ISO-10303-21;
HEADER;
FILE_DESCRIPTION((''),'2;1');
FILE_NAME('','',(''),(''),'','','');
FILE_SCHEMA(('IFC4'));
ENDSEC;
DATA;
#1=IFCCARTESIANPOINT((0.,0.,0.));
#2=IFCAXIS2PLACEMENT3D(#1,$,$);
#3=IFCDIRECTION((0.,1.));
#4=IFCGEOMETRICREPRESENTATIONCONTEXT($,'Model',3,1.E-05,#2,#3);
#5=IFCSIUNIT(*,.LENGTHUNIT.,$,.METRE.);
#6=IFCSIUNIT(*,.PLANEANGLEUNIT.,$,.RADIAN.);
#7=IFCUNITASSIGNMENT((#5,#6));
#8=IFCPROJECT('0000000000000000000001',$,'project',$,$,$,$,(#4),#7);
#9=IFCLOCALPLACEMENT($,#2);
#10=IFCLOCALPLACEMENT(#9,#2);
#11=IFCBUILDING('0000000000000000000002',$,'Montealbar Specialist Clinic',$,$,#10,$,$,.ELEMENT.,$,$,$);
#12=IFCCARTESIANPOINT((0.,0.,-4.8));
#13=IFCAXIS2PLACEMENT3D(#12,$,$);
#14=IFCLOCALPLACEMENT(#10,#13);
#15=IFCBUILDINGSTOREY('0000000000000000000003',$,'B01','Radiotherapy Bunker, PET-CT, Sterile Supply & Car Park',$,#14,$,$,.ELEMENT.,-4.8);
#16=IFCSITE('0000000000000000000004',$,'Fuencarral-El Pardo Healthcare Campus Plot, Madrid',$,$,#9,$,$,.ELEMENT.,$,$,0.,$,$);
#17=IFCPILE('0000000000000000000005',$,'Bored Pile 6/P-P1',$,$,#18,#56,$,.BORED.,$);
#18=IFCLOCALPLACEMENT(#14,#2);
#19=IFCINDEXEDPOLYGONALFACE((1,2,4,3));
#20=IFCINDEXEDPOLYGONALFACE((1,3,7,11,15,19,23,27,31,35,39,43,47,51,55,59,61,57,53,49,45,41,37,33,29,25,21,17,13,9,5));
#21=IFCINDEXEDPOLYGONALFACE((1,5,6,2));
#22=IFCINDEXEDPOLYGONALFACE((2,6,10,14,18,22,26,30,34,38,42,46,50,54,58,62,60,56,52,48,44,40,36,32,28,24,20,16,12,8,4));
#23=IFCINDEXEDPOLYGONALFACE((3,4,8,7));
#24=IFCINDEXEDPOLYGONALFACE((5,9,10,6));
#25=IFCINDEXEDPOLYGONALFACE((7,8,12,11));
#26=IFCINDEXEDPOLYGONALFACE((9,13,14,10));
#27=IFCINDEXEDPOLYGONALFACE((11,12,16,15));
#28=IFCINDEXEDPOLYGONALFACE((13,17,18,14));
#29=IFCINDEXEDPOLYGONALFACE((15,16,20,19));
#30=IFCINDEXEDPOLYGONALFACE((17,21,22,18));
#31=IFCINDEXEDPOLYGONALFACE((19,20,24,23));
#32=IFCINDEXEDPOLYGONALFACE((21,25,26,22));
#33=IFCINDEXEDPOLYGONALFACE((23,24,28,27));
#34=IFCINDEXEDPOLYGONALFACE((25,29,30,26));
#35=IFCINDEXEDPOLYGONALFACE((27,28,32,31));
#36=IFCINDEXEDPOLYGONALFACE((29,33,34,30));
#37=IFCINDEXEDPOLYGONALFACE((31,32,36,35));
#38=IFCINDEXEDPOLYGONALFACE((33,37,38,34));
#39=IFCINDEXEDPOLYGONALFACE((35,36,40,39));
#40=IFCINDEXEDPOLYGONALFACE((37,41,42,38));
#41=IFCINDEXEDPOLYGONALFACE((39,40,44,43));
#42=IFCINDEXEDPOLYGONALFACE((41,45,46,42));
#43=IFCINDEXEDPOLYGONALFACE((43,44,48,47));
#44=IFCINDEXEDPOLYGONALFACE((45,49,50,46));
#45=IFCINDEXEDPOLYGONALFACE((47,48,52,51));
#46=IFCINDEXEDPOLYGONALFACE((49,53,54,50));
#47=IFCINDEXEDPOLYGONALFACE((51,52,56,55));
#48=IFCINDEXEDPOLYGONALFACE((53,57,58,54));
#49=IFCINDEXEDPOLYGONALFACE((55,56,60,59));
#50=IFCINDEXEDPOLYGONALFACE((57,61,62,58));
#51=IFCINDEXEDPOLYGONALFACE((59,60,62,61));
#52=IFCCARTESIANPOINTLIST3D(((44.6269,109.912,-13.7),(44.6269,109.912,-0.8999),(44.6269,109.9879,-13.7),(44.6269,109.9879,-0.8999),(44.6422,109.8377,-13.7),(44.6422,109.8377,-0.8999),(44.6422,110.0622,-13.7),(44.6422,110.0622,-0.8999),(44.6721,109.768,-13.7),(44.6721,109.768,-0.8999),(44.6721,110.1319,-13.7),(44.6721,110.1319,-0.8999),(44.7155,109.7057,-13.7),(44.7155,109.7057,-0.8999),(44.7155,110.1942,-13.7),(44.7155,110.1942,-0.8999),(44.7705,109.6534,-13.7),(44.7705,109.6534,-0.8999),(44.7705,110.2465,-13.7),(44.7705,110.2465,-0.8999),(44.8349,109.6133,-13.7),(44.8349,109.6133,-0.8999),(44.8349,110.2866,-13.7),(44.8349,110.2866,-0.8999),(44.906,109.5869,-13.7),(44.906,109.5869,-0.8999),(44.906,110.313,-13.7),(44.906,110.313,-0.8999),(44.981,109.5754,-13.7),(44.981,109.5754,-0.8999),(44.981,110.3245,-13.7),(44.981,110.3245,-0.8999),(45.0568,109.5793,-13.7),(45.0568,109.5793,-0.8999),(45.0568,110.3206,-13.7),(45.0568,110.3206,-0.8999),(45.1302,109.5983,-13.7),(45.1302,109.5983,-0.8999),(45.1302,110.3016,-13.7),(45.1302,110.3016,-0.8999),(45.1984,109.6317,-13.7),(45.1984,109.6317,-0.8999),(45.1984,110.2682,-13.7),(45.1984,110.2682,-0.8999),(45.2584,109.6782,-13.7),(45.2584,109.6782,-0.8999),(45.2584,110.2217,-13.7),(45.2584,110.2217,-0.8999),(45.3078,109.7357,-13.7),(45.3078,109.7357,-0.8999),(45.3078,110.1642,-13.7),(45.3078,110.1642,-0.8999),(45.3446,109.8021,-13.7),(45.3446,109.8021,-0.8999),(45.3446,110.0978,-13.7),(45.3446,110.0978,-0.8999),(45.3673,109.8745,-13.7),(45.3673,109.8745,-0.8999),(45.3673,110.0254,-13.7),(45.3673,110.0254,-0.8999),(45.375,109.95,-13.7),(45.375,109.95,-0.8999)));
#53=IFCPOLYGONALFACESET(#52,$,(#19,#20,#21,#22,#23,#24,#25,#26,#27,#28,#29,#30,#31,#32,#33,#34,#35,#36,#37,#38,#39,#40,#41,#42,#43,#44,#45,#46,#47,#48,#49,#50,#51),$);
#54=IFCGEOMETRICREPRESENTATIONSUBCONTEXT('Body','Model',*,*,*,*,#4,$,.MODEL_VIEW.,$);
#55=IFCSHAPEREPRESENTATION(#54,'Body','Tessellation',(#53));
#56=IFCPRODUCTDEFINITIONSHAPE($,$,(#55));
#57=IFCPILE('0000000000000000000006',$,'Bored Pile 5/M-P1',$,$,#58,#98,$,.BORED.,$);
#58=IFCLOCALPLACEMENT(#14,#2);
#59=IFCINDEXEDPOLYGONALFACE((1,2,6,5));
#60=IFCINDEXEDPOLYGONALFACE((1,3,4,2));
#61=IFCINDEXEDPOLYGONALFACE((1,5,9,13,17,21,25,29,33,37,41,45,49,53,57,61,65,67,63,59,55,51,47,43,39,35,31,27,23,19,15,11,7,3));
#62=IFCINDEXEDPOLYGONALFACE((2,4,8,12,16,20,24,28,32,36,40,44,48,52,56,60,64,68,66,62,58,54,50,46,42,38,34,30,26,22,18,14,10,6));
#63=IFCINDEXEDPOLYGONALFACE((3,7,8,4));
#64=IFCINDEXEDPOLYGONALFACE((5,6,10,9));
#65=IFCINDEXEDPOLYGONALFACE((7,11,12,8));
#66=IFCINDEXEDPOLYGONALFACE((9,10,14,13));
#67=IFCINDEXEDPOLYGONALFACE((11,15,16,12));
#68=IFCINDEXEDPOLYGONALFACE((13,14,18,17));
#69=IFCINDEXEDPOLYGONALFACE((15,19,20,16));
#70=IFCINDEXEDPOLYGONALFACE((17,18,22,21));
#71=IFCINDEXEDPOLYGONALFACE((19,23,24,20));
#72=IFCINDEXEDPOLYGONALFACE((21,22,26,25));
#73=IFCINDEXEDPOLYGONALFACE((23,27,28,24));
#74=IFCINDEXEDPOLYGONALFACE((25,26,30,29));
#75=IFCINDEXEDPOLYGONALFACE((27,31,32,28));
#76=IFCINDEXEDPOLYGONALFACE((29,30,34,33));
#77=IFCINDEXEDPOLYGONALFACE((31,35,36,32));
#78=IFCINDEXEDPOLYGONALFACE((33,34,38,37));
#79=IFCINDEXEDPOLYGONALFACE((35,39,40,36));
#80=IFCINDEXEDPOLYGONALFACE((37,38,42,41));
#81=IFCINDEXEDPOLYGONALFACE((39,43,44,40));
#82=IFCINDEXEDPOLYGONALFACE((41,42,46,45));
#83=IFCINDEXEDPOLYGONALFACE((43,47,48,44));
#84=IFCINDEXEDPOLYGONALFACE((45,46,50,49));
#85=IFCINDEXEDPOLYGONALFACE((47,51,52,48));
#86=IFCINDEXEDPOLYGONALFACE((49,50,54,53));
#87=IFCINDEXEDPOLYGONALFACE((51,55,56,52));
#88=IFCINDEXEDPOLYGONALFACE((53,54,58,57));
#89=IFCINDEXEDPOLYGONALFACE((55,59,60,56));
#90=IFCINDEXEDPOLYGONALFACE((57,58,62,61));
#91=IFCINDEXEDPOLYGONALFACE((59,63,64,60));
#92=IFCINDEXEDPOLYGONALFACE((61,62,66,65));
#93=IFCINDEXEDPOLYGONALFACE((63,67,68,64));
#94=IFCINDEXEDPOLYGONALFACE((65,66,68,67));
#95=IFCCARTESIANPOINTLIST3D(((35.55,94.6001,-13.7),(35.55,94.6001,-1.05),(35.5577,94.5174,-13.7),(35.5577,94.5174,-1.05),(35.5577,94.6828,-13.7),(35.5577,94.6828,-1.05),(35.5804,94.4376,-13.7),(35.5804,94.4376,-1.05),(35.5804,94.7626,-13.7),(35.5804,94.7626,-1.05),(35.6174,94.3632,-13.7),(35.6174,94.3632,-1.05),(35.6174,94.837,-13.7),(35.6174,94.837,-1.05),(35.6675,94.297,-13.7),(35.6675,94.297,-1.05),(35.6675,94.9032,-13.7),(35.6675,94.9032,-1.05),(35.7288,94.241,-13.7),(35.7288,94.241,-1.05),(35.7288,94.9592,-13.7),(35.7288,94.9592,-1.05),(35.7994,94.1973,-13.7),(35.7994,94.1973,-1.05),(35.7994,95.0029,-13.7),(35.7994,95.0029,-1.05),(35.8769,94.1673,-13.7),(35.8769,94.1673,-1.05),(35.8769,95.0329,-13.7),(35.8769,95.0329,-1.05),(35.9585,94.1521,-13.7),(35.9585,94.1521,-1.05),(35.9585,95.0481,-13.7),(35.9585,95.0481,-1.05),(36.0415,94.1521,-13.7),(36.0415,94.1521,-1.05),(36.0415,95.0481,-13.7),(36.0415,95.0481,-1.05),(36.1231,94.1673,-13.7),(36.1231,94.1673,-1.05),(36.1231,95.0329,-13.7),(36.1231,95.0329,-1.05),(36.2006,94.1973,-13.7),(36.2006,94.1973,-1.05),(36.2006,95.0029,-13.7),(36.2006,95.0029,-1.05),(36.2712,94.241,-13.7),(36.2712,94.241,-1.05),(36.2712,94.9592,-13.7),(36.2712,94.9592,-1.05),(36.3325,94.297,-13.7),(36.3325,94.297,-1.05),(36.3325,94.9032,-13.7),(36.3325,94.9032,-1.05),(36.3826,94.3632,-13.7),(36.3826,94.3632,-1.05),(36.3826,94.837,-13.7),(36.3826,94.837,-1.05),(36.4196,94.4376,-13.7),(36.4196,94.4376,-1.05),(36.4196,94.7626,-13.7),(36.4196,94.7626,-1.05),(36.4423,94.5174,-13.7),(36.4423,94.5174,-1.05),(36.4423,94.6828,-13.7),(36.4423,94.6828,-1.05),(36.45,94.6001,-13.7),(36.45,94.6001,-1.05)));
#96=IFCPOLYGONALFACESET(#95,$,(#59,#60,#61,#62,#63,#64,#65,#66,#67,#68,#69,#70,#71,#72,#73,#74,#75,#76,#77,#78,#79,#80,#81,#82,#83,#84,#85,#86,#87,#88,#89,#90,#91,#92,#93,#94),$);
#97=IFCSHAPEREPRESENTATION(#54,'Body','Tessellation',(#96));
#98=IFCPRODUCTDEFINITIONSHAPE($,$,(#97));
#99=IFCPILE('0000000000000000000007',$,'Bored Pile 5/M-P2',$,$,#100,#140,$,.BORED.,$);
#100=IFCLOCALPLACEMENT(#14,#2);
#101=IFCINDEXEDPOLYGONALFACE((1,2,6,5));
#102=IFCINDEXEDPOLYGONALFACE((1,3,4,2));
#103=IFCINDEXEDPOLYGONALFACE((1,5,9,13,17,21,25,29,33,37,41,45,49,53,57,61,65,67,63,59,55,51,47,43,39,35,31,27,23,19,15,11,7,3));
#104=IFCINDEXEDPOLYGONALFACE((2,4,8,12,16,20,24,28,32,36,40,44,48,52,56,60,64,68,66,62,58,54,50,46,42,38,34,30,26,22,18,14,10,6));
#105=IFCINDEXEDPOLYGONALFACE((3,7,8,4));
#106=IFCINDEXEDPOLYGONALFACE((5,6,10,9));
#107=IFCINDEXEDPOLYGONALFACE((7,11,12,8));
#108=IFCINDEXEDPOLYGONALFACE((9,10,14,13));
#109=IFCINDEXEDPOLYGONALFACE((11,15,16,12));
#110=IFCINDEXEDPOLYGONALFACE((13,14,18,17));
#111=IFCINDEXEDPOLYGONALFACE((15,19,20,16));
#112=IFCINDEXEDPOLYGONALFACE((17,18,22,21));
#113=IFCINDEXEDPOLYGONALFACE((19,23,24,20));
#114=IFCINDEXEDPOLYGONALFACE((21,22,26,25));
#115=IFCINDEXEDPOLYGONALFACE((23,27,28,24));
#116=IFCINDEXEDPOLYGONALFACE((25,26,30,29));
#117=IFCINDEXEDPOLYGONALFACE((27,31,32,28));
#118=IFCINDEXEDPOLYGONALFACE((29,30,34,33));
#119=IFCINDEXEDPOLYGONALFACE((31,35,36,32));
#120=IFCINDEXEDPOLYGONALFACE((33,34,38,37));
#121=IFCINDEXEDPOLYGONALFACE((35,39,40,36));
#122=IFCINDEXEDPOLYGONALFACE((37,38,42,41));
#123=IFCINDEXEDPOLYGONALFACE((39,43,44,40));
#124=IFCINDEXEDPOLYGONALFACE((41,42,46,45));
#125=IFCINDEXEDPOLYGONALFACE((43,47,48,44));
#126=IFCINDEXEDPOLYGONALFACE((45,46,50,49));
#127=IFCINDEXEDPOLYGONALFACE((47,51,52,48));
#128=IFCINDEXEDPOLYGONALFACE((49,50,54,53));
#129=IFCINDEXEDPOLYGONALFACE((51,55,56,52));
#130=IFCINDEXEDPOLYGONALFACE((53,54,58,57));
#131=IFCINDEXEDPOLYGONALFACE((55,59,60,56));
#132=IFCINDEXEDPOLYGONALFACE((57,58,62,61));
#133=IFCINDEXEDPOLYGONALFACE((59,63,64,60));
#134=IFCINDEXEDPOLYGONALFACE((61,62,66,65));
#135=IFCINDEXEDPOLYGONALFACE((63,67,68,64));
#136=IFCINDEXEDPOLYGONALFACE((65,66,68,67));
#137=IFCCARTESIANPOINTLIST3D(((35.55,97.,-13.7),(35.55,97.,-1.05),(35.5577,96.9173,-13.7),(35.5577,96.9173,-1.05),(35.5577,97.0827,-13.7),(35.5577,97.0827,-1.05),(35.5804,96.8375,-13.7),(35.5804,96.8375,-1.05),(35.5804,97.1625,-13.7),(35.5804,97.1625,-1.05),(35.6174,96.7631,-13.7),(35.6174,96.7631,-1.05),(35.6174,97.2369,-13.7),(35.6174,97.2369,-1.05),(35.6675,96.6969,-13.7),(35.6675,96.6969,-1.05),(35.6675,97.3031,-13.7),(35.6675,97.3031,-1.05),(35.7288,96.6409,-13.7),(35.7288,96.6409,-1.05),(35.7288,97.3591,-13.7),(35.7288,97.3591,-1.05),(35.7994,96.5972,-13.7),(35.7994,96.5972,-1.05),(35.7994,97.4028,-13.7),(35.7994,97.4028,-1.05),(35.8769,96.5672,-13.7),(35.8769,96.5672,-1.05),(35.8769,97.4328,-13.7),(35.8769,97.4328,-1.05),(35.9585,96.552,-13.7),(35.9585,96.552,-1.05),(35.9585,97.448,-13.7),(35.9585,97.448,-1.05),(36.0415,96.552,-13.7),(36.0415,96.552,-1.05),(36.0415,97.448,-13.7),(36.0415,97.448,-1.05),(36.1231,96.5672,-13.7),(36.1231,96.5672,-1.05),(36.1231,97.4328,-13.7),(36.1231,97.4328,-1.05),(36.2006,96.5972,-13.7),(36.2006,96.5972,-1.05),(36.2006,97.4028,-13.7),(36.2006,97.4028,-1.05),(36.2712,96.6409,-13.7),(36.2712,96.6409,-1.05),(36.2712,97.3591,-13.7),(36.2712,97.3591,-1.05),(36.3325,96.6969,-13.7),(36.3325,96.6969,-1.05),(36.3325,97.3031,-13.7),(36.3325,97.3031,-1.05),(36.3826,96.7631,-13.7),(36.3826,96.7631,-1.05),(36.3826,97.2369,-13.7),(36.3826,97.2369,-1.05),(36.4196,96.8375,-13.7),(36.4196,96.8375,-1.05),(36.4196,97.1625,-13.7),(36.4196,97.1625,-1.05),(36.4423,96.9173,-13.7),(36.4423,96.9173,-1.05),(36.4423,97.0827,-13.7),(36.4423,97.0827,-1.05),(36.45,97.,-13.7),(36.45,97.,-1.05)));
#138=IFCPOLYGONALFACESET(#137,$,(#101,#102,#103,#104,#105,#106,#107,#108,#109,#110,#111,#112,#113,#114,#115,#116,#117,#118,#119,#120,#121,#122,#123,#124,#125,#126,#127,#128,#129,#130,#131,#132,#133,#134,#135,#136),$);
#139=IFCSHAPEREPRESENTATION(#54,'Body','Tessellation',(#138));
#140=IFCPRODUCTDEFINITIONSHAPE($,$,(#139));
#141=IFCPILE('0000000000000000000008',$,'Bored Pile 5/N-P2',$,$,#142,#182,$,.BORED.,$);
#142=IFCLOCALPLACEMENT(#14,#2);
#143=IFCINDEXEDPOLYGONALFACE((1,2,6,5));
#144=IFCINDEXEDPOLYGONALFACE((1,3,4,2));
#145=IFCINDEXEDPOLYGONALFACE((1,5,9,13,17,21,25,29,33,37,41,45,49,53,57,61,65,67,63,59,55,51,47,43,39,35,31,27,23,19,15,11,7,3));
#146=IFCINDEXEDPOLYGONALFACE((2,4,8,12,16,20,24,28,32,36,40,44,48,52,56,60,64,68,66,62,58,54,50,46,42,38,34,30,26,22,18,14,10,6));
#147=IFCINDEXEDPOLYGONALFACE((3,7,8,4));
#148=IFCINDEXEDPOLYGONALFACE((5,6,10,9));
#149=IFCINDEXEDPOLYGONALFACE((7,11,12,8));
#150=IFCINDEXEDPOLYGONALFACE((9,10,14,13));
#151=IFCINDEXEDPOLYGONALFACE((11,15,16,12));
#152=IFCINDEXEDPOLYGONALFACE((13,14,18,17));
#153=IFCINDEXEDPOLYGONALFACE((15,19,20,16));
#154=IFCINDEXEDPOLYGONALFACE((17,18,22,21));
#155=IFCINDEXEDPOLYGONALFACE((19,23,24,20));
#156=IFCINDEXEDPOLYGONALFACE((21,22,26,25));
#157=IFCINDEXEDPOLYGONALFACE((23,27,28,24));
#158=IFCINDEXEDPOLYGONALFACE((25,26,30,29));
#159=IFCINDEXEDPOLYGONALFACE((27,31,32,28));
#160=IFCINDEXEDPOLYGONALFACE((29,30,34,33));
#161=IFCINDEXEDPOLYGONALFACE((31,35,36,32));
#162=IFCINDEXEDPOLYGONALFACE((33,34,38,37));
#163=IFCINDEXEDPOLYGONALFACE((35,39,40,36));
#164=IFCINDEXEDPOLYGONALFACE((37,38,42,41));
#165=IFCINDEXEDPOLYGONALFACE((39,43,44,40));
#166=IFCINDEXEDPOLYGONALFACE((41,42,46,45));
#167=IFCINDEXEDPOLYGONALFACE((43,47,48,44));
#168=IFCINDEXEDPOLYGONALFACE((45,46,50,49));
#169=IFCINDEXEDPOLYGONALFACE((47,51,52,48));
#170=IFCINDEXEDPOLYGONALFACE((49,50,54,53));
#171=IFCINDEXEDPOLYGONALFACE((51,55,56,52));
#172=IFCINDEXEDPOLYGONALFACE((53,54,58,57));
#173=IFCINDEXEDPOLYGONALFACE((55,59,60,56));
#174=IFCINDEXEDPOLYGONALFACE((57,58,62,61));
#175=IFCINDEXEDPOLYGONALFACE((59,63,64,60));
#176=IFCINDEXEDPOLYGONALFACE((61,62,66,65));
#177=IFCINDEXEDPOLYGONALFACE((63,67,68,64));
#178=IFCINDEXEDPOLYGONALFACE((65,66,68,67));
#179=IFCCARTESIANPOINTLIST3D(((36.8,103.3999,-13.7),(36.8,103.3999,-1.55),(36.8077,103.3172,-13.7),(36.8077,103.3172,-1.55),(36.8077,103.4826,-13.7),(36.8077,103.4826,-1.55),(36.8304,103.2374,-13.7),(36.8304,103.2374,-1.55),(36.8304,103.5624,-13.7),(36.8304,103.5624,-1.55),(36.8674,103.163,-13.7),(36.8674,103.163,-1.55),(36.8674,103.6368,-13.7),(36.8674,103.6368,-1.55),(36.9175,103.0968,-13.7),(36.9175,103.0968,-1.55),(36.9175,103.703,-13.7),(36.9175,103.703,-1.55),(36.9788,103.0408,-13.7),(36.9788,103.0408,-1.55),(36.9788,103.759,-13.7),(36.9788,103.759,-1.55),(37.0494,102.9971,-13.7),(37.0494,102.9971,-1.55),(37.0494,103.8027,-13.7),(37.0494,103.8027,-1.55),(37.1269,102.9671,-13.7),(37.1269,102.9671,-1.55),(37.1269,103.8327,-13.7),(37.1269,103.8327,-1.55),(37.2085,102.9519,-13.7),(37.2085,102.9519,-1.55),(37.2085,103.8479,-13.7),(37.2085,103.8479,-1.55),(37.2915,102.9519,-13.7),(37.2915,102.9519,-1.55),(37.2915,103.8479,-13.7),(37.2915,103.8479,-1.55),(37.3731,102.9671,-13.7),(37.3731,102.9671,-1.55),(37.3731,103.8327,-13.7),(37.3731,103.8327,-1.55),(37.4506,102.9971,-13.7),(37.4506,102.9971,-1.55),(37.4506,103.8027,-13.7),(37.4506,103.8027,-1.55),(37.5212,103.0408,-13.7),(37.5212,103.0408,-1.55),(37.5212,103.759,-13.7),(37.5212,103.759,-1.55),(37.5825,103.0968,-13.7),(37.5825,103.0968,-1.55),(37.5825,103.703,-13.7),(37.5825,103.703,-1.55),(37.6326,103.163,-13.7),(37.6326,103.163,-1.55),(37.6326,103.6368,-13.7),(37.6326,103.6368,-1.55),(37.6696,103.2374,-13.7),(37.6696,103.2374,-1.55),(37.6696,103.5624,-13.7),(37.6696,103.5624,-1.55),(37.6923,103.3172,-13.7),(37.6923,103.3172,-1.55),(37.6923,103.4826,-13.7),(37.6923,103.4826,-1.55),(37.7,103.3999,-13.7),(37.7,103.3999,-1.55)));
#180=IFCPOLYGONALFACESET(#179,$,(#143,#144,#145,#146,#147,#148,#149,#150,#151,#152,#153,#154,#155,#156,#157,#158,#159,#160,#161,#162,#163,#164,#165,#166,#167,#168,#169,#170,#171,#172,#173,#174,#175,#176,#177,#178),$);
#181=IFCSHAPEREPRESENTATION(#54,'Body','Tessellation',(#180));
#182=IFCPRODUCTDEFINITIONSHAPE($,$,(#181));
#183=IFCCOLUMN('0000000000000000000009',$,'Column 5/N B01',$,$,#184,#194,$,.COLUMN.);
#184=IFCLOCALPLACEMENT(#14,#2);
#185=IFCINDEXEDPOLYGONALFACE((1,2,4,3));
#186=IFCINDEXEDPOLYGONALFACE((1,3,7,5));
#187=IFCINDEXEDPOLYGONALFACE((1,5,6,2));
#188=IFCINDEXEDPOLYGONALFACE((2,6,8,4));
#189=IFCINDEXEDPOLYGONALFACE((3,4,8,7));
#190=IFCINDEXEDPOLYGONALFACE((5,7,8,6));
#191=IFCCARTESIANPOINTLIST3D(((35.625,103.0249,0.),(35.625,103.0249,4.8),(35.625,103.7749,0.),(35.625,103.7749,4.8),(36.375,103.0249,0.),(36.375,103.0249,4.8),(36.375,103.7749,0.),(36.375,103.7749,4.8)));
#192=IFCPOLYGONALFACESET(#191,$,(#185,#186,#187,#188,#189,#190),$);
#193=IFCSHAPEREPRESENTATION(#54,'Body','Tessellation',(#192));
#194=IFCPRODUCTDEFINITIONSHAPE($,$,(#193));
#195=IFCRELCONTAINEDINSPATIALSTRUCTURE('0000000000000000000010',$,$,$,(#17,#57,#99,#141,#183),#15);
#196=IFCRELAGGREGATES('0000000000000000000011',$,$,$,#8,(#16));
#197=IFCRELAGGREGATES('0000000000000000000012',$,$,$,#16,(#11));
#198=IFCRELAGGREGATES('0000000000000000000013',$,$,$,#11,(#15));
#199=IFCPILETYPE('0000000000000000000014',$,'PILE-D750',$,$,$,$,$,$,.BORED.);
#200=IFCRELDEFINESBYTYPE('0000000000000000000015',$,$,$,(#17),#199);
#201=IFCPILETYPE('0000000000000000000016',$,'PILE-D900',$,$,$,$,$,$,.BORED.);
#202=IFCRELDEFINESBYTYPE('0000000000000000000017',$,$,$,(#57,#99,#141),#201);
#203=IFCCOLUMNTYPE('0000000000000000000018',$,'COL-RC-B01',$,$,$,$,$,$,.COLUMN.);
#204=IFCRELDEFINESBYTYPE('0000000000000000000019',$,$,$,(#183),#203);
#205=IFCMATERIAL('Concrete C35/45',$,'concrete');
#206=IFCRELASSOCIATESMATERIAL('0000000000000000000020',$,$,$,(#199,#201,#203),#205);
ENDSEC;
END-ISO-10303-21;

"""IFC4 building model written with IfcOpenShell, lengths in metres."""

from ifc_helpers import new_model, si_unit, direction, frame, origin, origin_2d, place, context, subcontext, project, spatial, rectangle, circle, extrude, material, material_profile, profile_set, type_object, element, save


model = new_model("IFC4")

# Units and contexts
model_context = context("Model", 3, precision=1e-05, world=origin(), true_north=direction((0.0, 1.0)))
body_context = subcontext(model_context, "Body", "Model", "MODEL_VIEW")
ifc_project = project(units=[si_unit("LENGTHUNIT", "METRE"), si_unit("PLANEANGLEUNIT", "RADIAN")], contexts=[model_context])

# Site, building, storey
site_placement = place(None, origin())
site = spatial("IfcSite", under=ifc_project, at=site_placement, Name="Fuencarral-El Pardo Healthcare Campus Plot, Madrid", CompositionType="ELEMENT", RefElevation=0.0)
building_placement = place(site_placement, origin())
building = spatial("IfcBuilding", under=site, at=building_placement, Name="Montealbar Specialist Clinic", CompositionType="ELEMENT")
storey_placement = place(building_placement, frame((0.0, 0.0, -4.8)))
storey = spatial("IfcBuildingStorey", under=building, at=storey_placement, Name="B01", Description="Radiotherapy Bunker, PET-CT, Sterile Supply & Car Park", CompositionType="ELEMENT", Elevation=-4.8)

# Shared definitions
ifc_material_1 = material(Name="Concrete C35/45", Category="concrete")

# Piles
ifc_material_profile_1 = material_profile(ifc_material_1, circle(Radius=0.375, at=origin_2d()), Name="PILE D750", Category="concrete")
ifc_profile_set_1 = profile_set([ifc_material_profile_1], Name="Concrete C35/45")
pile_type_1 = type_object("IfcPileType", Name="PILE-D750", PredefinedType="BORED", material=ifc_profile_set_1)
pile_1_placement = place(storey_placement, frame((45.0, 109.95, -0.8999), z_axis=(0.0, 0.0, -1.0), x_axis=(1.0, 0.0, 0.0)))
element("IfcPile", 1, at=pile_1_placement, inside=storey, type_object=pile_type_1, Name="Bored Pile 6/P-P1", PredefinedType="BORED", context=body_context, shape_type="SweptSolid", body=[
    extrude(circle(Radius=0.375, at=origin_2d()), origin(), (0.0, 0.0, 1.0), 12.8),
])
ifc_material_profile_2 = material_profile(ifc_material_1, circle(Radius=0.45, at=origin_2d()), Name="PILE D900", Category="concrete")
ifc_profile_set_2 = profile_set([ifc_material_profile_2], Name="Concrete C35/45")
pile_type_2 = type_object("IfcPileType", Name="PILE-D900", PredefinedType="BORED", material=ifc_profile_set_2)
for number, where, z_axis, x_axis, name in (
    (2, (36.0, 94.6001, -1.05), (0.0, 0.0, -1.0), (1.0, 0.0, 0.0), "Bored Pile 5/M-P1"),
    (3, (36.0, 97.0, -1.05), (0.0, 0.0, -1.0), (1.0, 0.0, 0.0), "Bored Pile 5/M-P2"),
):
    element("IfcPile", number, at=place(storey_placement, frame(where, z_axis=z_axis, x_axis=x_axis)), inside=storey, type_object=pile_type_2, Name=name, PredefinedType="BORED", context=body_context, shape_type="SweptSolid", body=[
        extrude(circle(Radius=0.45, at=origin_2d()), origin(), (0.0, 0.0, 1.0), 12.6499),
    ])
pile_2_placement = place(storey_placement, frame((37.25, 103.3999, -1.55), z_axis=(0.0, 0.0, -1.0), x_axis=(1.0, 0.0, 0.0)))
element("IfcPile", 4, at=pile_2_placement, inside=storey, type_object=pile_type_2, Name="Bored Pile 5/N-P2", PredefinedType="BORED", context=body_context, shape_type="SweptSolid", body=[
    extrude(circle(Radius=0.45, at=origin_2d()), origin(), (0.0, 0.0, 1.0), 12.1499),
])

# Column
ifc_material_profile_3 = material_profile(ifc_material_1, rectangle(XDim=0.75, YDim=0.75, at=origin_2d()), Name="RC 750x750", Category="concrete")
ifc_profile_set_3 = profile_set([ifc_material_profile_3], Name="Concrete C35/45")
column_type_1 = type_object("IfcColumnType", Name="COL-RC-B01", PredefinedType="COLUMN", material=ifc_profile_set_3)
column_1_placement = place(storey_placement, frame((36.0, 103.3999, 0.0), z_axis=(0.0, 0.0, 1.0), x_axis=(1.0, 0.0, 0.0)))
element("IfcColumn", 5, at=column_1_placement, inside=storey, type_object=column_type_1, Name="Column 5/N B01", PredefinedType="COLUMN", context=body_context, shape_type="SweptSolid", body=[
    extrude(rectangle(XDim=0.75, YDim=0.75, at=origin_2d()), origin(), (0.0, 0.0, 1.0), 4.8),
])

save(model, "model.ifc")
